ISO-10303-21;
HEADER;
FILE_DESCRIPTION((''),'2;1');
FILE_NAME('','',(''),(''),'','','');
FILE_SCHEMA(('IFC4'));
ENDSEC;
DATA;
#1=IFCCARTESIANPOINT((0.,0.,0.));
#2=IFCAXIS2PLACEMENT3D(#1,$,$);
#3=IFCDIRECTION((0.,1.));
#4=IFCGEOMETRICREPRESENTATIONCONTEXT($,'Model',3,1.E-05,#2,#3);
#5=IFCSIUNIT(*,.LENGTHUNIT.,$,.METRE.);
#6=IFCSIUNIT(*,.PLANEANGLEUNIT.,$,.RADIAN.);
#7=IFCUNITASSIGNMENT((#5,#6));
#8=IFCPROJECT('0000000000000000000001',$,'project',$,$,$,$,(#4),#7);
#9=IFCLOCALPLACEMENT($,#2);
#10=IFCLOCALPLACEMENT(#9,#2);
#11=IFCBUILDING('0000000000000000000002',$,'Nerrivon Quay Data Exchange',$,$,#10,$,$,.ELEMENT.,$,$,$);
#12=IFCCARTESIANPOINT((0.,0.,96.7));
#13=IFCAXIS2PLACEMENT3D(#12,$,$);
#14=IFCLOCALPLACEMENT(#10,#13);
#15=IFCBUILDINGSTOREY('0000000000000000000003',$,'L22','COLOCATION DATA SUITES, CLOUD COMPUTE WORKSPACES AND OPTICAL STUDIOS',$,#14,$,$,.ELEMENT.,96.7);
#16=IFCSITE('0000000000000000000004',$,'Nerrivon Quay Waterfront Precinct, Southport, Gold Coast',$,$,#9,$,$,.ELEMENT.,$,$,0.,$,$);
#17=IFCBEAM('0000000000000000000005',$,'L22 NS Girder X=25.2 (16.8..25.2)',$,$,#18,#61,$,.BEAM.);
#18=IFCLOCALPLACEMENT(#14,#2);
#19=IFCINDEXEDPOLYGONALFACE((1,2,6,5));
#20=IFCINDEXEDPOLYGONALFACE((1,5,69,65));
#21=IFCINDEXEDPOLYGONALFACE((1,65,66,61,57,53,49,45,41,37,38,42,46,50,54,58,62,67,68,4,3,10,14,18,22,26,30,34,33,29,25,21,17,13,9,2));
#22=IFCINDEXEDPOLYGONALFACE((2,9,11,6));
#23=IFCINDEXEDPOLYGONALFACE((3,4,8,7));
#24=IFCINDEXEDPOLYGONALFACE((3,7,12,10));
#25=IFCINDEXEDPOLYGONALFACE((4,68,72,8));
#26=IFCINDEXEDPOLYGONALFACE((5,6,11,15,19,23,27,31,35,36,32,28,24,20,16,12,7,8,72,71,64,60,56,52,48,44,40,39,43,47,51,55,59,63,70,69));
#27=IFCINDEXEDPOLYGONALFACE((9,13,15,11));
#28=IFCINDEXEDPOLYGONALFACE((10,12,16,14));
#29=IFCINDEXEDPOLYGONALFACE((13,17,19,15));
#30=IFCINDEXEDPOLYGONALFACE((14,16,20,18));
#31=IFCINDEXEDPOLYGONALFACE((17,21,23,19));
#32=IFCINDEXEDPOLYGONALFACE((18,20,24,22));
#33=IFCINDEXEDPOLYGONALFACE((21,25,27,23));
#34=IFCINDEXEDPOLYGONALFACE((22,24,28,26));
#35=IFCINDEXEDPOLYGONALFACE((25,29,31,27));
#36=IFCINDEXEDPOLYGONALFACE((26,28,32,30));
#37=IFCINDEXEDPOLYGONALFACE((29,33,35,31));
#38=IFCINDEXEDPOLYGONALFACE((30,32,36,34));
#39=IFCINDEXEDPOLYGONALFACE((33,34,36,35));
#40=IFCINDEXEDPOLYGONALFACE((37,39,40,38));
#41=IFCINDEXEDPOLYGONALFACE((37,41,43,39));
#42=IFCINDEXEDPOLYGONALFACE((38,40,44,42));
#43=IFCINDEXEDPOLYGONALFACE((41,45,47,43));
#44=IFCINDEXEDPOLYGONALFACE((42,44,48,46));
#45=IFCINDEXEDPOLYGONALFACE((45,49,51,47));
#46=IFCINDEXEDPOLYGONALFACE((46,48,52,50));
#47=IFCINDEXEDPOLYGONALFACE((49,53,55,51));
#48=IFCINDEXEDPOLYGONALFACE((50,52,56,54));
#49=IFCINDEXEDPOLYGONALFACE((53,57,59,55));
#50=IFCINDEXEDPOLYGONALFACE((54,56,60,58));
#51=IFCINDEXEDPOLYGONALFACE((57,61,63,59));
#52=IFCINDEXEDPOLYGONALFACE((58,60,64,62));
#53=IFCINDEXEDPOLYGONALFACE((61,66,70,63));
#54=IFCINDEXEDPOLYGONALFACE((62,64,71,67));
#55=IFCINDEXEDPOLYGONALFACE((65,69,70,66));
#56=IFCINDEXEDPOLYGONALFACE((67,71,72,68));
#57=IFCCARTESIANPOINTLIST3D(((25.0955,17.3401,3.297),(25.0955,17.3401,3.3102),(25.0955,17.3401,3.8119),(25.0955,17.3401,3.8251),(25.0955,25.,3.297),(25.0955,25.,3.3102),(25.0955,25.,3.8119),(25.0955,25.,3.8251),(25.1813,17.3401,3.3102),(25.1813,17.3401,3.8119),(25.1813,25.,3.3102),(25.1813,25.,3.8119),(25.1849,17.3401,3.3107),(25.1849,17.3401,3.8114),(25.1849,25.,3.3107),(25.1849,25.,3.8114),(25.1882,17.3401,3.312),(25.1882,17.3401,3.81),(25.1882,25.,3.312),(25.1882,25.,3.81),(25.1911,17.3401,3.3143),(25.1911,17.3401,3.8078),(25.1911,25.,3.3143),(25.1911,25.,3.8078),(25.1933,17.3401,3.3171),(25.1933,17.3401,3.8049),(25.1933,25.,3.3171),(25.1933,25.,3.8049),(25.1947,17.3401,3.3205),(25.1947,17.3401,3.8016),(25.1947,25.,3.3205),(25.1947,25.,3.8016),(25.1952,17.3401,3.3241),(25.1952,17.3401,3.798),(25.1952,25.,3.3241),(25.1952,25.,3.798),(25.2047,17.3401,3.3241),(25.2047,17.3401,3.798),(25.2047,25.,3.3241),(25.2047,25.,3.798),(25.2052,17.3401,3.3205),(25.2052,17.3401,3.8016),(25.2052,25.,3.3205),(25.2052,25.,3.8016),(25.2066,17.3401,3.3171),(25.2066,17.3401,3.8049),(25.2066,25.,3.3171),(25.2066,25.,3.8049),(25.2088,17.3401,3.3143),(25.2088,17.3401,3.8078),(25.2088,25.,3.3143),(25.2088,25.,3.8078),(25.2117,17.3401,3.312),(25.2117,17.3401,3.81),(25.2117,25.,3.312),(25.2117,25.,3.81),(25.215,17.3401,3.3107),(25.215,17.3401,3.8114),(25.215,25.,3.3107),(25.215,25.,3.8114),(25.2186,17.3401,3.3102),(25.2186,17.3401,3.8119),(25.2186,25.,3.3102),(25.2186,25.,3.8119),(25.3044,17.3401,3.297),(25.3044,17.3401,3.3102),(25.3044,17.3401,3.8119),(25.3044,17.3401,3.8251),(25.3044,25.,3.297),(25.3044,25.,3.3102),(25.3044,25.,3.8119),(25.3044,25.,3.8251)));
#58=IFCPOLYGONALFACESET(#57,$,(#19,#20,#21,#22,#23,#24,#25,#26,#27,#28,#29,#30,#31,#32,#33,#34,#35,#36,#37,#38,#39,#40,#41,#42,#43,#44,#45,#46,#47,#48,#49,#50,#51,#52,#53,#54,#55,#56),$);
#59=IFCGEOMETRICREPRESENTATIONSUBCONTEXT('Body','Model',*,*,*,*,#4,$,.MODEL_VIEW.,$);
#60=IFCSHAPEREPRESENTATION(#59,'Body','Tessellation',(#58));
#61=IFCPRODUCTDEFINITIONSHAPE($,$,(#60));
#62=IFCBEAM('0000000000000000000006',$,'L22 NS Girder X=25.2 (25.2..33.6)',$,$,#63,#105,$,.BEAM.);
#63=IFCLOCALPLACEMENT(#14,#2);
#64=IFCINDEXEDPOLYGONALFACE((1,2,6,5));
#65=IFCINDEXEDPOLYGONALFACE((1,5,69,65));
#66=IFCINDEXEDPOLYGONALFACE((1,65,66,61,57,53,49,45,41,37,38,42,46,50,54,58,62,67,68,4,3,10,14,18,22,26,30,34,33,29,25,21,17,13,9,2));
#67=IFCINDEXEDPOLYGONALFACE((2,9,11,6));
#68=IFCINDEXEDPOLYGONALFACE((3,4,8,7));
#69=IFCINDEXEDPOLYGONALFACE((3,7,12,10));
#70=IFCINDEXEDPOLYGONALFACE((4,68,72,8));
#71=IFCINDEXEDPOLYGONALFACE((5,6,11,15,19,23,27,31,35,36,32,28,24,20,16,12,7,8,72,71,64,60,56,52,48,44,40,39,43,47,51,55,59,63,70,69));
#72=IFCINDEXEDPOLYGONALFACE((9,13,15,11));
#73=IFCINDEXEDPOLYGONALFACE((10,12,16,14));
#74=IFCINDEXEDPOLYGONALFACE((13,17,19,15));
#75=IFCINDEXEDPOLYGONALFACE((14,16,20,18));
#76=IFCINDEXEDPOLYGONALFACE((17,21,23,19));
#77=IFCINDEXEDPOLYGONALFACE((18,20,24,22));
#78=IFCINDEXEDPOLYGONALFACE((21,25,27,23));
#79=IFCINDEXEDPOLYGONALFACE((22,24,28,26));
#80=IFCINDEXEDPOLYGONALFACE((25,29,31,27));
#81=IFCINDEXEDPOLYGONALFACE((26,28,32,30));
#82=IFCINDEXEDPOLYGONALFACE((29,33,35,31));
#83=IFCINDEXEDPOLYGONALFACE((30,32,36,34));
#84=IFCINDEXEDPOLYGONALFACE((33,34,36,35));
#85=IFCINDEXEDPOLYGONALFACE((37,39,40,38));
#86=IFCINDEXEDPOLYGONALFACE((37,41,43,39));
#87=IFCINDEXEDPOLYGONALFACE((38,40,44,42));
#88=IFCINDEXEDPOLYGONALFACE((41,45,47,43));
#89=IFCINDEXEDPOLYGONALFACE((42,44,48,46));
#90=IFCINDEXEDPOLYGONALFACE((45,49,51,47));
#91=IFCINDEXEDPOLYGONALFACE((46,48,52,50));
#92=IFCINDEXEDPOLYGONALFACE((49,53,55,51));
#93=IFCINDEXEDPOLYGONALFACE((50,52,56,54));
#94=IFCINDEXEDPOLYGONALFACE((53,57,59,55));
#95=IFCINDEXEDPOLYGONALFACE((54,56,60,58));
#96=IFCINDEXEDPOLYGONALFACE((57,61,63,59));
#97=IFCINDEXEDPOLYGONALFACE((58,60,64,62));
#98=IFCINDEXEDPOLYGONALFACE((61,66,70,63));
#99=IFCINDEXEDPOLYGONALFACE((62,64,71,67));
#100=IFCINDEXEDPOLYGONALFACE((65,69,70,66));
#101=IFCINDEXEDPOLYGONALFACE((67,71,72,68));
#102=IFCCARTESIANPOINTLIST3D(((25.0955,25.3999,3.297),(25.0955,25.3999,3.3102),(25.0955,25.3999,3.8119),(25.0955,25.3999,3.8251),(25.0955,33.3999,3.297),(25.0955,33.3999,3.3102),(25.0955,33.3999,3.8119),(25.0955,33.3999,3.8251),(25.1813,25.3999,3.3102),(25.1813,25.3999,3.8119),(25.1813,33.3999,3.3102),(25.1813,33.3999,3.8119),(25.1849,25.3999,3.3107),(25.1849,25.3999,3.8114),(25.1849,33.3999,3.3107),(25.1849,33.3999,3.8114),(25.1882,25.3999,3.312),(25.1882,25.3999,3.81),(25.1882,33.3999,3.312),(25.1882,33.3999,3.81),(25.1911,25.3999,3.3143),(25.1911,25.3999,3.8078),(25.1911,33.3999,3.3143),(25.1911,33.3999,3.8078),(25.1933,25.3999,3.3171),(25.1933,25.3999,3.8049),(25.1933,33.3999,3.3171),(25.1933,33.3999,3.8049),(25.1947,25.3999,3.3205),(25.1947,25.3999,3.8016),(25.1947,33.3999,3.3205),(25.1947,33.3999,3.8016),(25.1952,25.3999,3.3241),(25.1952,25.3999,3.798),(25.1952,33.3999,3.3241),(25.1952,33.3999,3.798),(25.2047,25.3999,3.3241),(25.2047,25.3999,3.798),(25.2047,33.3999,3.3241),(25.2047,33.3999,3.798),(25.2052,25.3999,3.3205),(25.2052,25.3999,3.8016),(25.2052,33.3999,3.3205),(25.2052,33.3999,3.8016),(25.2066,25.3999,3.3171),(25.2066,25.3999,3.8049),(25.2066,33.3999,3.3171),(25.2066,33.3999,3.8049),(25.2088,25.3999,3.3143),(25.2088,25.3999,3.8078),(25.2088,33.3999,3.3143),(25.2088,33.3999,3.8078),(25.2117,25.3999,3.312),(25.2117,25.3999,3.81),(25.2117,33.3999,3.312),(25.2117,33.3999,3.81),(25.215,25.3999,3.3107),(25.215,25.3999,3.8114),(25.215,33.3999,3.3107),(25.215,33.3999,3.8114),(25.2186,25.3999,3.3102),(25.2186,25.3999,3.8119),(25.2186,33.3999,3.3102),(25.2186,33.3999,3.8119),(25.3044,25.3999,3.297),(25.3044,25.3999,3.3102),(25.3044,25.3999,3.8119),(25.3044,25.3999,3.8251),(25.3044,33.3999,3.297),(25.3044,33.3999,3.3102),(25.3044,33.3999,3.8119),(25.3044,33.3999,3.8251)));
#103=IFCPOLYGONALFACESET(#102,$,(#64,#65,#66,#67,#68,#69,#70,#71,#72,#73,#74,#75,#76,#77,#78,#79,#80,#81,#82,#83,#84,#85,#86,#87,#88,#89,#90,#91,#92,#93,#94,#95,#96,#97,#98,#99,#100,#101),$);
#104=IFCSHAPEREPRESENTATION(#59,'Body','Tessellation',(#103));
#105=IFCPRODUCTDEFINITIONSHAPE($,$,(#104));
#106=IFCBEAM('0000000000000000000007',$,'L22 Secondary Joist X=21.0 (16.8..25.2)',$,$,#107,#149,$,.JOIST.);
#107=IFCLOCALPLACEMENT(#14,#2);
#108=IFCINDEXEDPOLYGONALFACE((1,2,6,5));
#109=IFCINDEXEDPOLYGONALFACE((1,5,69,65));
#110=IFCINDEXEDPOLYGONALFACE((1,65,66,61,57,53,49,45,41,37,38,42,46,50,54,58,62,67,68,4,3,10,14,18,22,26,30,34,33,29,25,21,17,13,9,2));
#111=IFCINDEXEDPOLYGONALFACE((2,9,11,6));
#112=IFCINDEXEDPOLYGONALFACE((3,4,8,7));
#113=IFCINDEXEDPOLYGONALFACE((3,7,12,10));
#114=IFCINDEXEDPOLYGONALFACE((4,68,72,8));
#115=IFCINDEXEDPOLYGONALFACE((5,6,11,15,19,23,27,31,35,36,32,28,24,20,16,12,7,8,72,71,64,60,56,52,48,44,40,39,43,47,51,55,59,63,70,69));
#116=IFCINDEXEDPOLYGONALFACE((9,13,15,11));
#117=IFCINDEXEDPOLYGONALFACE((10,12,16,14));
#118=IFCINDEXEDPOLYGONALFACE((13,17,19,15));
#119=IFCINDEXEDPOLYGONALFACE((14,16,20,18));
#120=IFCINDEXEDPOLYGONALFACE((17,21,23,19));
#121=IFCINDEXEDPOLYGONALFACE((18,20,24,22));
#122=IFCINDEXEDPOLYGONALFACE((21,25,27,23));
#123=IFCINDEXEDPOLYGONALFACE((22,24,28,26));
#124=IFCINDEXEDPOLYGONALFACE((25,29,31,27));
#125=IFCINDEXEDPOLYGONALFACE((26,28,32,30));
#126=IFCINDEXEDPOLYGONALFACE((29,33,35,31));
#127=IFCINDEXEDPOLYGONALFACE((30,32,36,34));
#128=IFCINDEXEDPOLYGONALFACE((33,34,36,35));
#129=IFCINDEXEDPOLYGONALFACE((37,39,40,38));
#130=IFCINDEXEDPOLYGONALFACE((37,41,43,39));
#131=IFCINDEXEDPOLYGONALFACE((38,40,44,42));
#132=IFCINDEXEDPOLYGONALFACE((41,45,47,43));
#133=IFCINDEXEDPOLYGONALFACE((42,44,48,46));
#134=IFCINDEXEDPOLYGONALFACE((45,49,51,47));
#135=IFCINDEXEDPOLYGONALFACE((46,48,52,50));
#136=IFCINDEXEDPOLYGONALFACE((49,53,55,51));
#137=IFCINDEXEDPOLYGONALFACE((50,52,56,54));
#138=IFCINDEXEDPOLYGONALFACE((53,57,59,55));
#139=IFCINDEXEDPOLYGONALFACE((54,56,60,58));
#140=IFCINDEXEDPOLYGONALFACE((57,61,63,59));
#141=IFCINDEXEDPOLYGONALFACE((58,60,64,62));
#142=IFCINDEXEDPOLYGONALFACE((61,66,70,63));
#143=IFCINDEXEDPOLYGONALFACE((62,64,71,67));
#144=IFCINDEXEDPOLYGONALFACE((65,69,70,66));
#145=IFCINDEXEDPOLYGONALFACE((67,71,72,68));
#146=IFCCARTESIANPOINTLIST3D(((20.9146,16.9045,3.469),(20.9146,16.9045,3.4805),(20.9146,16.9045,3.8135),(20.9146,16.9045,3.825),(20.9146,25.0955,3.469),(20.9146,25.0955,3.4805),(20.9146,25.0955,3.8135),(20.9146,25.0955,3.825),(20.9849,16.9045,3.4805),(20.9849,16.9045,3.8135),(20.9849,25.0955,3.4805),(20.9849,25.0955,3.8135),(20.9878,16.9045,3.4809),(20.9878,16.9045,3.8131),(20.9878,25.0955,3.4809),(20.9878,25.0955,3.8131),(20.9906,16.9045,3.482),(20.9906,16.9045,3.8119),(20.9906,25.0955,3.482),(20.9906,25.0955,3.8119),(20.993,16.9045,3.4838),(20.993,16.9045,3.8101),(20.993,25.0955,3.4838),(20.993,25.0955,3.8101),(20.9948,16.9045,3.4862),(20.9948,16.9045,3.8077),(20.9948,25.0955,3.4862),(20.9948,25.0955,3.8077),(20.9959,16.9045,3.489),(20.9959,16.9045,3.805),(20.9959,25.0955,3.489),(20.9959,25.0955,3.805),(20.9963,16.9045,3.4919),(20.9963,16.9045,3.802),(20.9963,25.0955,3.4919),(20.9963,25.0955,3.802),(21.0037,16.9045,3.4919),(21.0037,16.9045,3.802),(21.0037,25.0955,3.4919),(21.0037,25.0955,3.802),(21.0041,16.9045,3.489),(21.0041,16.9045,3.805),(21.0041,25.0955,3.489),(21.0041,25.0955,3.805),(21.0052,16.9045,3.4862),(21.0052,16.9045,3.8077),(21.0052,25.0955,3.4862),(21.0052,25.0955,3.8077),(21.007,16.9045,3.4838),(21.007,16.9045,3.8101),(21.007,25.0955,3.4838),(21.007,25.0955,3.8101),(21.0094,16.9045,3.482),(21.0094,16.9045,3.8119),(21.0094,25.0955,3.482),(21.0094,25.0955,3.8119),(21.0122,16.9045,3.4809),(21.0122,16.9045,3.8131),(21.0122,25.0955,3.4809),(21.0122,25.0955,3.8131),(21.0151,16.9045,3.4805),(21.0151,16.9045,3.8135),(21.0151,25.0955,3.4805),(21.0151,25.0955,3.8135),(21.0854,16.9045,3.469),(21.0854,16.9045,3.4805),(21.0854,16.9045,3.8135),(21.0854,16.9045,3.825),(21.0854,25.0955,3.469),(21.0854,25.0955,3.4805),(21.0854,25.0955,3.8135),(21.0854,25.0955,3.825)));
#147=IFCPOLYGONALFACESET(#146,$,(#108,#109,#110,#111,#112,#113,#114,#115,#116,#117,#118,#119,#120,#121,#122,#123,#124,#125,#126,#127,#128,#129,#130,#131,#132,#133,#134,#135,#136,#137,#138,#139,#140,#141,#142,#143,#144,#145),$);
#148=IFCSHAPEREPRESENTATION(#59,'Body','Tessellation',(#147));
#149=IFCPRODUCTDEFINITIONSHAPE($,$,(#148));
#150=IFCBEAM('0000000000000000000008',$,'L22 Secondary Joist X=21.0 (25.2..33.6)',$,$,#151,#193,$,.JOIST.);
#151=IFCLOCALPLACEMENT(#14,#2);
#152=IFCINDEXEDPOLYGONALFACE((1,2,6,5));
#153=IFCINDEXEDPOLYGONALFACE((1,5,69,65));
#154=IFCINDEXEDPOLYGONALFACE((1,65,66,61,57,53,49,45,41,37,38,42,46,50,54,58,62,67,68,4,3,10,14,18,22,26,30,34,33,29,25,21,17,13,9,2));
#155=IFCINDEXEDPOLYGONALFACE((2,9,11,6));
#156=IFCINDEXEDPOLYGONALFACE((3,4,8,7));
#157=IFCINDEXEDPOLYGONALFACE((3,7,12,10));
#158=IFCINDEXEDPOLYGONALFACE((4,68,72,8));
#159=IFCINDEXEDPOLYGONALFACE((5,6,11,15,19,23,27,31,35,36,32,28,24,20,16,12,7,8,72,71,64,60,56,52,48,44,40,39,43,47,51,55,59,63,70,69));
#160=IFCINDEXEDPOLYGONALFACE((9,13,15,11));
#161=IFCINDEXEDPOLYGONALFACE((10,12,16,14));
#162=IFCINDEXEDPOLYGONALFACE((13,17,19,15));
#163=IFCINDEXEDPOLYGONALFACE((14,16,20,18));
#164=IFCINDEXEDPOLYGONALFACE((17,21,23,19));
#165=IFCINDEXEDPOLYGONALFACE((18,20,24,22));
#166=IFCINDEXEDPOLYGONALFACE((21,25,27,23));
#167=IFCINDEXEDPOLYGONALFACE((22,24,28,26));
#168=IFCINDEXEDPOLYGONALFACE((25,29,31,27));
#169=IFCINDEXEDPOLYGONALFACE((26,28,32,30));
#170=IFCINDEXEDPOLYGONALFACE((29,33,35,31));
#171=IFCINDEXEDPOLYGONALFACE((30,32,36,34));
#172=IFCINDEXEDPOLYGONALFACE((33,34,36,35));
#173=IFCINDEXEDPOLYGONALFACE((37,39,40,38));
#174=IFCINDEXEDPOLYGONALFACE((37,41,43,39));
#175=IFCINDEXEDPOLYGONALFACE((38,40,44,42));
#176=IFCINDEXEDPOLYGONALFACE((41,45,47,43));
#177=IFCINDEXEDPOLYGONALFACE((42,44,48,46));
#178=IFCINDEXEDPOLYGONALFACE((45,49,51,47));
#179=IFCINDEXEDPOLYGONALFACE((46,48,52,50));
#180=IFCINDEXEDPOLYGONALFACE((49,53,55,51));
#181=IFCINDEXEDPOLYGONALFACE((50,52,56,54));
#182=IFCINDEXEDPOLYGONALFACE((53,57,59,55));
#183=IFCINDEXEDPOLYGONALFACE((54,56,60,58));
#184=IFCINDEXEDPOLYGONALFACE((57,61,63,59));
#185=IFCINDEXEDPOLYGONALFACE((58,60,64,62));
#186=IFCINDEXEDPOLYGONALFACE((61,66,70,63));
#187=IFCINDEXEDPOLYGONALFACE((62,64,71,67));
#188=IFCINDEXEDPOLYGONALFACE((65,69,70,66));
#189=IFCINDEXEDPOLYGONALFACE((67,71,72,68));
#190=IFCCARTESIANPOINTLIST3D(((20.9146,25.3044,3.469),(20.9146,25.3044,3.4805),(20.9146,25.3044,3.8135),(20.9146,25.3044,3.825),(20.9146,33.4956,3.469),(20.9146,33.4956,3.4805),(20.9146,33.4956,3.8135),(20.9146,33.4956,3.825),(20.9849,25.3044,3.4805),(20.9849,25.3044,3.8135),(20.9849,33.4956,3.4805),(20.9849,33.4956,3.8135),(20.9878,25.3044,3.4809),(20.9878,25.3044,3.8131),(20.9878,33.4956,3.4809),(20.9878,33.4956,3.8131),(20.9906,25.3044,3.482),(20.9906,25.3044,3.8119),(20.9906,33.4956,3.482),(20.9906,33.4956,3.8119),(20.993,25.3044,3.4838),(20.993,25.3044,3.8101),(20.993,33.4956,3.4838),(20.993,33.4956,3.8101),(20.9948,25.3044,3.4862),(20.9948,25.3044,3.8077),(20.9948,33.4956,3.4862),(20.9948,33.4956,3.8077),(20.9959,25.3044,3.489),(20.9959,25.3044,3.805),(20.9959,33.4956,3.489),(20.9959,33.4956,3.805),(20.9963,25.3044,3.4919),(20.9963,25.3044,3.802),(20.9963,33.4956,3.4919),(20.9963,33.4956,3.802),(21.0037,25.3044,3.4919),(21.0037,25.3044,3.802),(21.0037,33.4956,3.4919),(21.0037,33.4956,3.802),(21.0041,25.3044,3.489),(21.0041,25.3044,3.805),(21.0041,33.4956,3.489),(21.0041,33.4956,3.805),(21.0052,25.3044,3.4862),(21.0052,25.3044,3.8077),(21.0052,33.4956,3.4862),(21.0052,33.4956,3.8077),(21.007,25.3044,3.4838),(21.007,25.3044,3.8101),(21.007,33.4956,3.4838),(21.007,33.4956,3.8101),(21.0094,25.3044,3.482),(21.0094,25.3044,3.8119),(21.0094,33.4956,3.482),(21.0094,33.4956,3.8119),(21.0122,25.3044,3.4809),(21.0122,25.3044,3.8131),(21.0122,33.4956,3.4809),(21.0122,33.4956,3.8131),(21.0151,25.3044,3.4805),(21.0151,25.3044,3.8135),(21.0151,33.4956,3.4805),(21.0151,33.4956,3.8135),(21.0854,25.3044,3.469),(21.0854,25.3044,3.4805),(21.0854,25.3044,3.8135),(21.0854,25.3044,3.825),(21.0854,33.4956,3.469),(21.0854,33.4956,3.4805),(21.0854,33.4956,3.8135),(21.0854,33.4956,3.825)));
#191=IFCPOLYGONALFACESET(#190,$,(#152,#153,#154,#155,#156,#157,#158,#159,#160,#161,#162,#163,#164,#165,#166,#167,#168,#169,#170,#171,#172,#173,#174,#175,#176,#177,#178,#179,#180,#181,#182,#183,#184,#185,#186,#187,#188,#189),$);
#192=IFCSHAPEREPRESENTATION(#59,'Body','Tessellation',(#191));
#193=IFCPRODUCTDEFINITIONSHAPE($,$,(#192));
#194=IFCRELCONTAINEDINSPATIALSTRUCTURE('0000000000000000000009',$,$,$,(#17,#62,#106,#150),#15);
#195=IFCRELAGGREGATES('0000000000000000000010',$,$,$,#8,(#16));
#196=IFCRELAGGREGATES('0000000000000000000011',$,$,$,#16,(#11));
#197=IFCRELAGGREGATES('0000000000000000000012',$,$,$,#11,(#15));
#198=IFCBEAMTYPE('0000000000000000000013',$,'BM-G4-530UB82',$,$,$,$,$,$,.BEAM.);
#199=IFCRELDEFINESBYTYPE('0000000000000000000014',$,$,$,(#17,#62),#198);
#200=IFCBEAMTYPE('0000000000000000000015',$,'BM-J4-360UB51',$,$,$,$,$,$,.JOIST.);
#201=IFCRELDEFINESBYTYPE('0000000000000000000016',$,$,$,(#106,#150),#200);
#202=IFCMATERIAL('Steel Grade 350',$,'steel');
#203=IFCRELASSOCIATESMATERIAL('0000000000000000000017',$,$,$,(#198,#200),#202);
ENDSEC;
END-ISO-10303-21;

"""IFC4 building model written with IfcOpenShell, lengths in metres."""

from ifc_helpers import new_model, si_unit, direction, frame, origin, origin_2d, place, context, subcontext, project, spatial, i_section, extrude, material, material_profile, profile_set, type_object, element, save


model = new_model("IFC4")

# Units and contexts
model_context = context("Model", 3, precision=1e-05, world=origin(), true_north=direction((0.0, 1.0)))
body_context = subcontext(model_context, "Body", "Model", "MODEL_VIEW")
ifc_project = project(units=[si_unit("LENGTHUNIT", "METRE"), si_unit("PLANEANGLEUNIT", "RADIAN")], contexts=[model_context])

# Site, building, storey
site_placement = place(None, origin())
site = spatial("IfcSite", under=ifc_project, at=site_placement, Name="Nerrivon Quay Waterfront Precinct, Southport, Gold Coast", CompositionType="ELEMENT", RefElevation=0.0)
building_placement = place(site_placement, origin())
building = spatial("IfcBuilding", under=site, at=building_placement, Name="Nerrivon Quay Data Exchange", CompositionType="ELEMENT")
storey_placement = place(building_placement, frame((0.0, 0.0, 96.7)))
storey = spatial("IfcBuildingStorey", under=building, at=storey_placement, Name="L22", Description="COLOCATION DATA SUITES, CLOUD COMPUTE WORKSPACES AND OPTICAL STUDIOS", CompositionType="ELEMENT", Elevation=96.7)

# Shared definitions
ifc_material_1 = material(Name="Steel Grade 350", Category="steel")

# Beams
ifc_material_profile_1 = material_profile(ifc_material_1, i_section(OverallWidth=0.209, OverallDepth=0.5281, WebThickness=0.0095, FlangeThickness=0.0132, FilletRadius=0.0139, at=origin_2d()), Name="530UB82.0")
ifc_profile_set_1 = profile_set([ifc_material_profile_1], Name="Steel Grade 350")
beam_type_1 = type_object("IfcBeamType", Name="BM-G4-530UB82", PredefinedType="BEAM", material=ifc_profile_set_1)
beam_1_placement = place(storey_placement, frame((25.2, 17.3401, 3.561), z_axis=(0.0, 1.0, 0.0), x_axis=(-1.0, 0.0, 0.0)))
element("IfcBeam", 1, at=beam_1_placement, inside=storey, type_object=beam_type_1, Name="L22 NS Girder X=25.2 (16.8..25.2)", PredefinedType="BEAM", context=body_context, shape_type="SweptSolid", body=[
    extrude(i_section(OverallWidth=0.209, OverallDepth=0.5281, WebThickness=0.0095, FlangeThickness=0.0132, FilletRadius=0.0139, at=origin_2d()), origin(), (0.0, 0.0, 1.0), 7.6599),
])
beam_2_placement = place(storey_placement, frame((25.2, 25.3999, 3.561), z_axis=(0.0, 1.0, 0.0), x_axis=(-1.0, 0.0, 0.0)))
element("IfcBeam", 2, at=beam_2_placement, inside=storey, type_object=beam_type_1, Name="L22 NS Girder X=25.2 (25.2..33.6)", PredefinedType="BEAM", context=body_context, shape_type="SweptSolid", body=[
    extrude(i_section(OverallWidth=0.209, OverallDepth=0.5281, WebThickness=0.0095, FlangeThickness=0.0132, FilletRadius=0.0139, at=origin_2d()), origin(), (0.0, 0.0, 1.0), 8.0),
])
ifc_material_profile_2 = material_profile(ifc_material_1, i_section(OverallWidth=0.1709, OverallDepth=0.356, WebThickness=0.0073, FlangeThickness=0.0115, FilletRadius=0.0115, at=origin_2d()), Name="360UB50.7")
ifc_profile_set_2 = profile_set([ifc_material_profile_2], Name="Steel Grade 350")
beam_type_2 = type_object("IfcBeamType", Name="BM-J4-360UB51", PredefinedType="JOIST", material=ifc_profile_set_2)
beam_3_placement = place(storey_placement, frame((21.0, 16.9045, 3.647), z_axis=(0.0, 1.0, 0.0), x_axis=(-1.0, 0.0, 0.0)))
element("IfcBeam", 3, at=beam_3_placement, inside=storey, type_object=beam_type_2, Name="L22 Secondary Joist X=21.0 (16.8..25.2)", PredefinedType="JOIST", context=body_context, shape_type="SweptSolid", body=[
    extrude(i_section(OverallWidth=0.1709, OverallDepth=0.356, WebThickness=0.0073, FlangeThickness=0.0115, FilletRadius=0.0115, at=origin_2d()), origin(), (0.0, 0.0, 1.0), 8.1909),
])
beam_4_placement = place(storey_placement, frame((21.0, 25.3044, 3.647), z_axis=(0.0, 1.0, 0.0), x_axis=(-1.0, 0.0, 0.0)))
element("IfcBeam", 4, at=beam_4_placement, inside=storey, type_object=beam_type_2, Name="L22 Secondary Joist X=21.0 (25.2..33.6)", PredefinedType="JOIST", context=body_context, shape_type="SweptSolid", body=[
    extrude(i_section(OverallWidth=0.1709, OverallDepth=0.356, WebThickness=0.0073, FlangeThickness=0.0115, FilletRadius=0.0115, at=origin_2d()), origin(), (0.0, 0.0, 1.0), 8.1912),
])

save(model, "model.ifc")
